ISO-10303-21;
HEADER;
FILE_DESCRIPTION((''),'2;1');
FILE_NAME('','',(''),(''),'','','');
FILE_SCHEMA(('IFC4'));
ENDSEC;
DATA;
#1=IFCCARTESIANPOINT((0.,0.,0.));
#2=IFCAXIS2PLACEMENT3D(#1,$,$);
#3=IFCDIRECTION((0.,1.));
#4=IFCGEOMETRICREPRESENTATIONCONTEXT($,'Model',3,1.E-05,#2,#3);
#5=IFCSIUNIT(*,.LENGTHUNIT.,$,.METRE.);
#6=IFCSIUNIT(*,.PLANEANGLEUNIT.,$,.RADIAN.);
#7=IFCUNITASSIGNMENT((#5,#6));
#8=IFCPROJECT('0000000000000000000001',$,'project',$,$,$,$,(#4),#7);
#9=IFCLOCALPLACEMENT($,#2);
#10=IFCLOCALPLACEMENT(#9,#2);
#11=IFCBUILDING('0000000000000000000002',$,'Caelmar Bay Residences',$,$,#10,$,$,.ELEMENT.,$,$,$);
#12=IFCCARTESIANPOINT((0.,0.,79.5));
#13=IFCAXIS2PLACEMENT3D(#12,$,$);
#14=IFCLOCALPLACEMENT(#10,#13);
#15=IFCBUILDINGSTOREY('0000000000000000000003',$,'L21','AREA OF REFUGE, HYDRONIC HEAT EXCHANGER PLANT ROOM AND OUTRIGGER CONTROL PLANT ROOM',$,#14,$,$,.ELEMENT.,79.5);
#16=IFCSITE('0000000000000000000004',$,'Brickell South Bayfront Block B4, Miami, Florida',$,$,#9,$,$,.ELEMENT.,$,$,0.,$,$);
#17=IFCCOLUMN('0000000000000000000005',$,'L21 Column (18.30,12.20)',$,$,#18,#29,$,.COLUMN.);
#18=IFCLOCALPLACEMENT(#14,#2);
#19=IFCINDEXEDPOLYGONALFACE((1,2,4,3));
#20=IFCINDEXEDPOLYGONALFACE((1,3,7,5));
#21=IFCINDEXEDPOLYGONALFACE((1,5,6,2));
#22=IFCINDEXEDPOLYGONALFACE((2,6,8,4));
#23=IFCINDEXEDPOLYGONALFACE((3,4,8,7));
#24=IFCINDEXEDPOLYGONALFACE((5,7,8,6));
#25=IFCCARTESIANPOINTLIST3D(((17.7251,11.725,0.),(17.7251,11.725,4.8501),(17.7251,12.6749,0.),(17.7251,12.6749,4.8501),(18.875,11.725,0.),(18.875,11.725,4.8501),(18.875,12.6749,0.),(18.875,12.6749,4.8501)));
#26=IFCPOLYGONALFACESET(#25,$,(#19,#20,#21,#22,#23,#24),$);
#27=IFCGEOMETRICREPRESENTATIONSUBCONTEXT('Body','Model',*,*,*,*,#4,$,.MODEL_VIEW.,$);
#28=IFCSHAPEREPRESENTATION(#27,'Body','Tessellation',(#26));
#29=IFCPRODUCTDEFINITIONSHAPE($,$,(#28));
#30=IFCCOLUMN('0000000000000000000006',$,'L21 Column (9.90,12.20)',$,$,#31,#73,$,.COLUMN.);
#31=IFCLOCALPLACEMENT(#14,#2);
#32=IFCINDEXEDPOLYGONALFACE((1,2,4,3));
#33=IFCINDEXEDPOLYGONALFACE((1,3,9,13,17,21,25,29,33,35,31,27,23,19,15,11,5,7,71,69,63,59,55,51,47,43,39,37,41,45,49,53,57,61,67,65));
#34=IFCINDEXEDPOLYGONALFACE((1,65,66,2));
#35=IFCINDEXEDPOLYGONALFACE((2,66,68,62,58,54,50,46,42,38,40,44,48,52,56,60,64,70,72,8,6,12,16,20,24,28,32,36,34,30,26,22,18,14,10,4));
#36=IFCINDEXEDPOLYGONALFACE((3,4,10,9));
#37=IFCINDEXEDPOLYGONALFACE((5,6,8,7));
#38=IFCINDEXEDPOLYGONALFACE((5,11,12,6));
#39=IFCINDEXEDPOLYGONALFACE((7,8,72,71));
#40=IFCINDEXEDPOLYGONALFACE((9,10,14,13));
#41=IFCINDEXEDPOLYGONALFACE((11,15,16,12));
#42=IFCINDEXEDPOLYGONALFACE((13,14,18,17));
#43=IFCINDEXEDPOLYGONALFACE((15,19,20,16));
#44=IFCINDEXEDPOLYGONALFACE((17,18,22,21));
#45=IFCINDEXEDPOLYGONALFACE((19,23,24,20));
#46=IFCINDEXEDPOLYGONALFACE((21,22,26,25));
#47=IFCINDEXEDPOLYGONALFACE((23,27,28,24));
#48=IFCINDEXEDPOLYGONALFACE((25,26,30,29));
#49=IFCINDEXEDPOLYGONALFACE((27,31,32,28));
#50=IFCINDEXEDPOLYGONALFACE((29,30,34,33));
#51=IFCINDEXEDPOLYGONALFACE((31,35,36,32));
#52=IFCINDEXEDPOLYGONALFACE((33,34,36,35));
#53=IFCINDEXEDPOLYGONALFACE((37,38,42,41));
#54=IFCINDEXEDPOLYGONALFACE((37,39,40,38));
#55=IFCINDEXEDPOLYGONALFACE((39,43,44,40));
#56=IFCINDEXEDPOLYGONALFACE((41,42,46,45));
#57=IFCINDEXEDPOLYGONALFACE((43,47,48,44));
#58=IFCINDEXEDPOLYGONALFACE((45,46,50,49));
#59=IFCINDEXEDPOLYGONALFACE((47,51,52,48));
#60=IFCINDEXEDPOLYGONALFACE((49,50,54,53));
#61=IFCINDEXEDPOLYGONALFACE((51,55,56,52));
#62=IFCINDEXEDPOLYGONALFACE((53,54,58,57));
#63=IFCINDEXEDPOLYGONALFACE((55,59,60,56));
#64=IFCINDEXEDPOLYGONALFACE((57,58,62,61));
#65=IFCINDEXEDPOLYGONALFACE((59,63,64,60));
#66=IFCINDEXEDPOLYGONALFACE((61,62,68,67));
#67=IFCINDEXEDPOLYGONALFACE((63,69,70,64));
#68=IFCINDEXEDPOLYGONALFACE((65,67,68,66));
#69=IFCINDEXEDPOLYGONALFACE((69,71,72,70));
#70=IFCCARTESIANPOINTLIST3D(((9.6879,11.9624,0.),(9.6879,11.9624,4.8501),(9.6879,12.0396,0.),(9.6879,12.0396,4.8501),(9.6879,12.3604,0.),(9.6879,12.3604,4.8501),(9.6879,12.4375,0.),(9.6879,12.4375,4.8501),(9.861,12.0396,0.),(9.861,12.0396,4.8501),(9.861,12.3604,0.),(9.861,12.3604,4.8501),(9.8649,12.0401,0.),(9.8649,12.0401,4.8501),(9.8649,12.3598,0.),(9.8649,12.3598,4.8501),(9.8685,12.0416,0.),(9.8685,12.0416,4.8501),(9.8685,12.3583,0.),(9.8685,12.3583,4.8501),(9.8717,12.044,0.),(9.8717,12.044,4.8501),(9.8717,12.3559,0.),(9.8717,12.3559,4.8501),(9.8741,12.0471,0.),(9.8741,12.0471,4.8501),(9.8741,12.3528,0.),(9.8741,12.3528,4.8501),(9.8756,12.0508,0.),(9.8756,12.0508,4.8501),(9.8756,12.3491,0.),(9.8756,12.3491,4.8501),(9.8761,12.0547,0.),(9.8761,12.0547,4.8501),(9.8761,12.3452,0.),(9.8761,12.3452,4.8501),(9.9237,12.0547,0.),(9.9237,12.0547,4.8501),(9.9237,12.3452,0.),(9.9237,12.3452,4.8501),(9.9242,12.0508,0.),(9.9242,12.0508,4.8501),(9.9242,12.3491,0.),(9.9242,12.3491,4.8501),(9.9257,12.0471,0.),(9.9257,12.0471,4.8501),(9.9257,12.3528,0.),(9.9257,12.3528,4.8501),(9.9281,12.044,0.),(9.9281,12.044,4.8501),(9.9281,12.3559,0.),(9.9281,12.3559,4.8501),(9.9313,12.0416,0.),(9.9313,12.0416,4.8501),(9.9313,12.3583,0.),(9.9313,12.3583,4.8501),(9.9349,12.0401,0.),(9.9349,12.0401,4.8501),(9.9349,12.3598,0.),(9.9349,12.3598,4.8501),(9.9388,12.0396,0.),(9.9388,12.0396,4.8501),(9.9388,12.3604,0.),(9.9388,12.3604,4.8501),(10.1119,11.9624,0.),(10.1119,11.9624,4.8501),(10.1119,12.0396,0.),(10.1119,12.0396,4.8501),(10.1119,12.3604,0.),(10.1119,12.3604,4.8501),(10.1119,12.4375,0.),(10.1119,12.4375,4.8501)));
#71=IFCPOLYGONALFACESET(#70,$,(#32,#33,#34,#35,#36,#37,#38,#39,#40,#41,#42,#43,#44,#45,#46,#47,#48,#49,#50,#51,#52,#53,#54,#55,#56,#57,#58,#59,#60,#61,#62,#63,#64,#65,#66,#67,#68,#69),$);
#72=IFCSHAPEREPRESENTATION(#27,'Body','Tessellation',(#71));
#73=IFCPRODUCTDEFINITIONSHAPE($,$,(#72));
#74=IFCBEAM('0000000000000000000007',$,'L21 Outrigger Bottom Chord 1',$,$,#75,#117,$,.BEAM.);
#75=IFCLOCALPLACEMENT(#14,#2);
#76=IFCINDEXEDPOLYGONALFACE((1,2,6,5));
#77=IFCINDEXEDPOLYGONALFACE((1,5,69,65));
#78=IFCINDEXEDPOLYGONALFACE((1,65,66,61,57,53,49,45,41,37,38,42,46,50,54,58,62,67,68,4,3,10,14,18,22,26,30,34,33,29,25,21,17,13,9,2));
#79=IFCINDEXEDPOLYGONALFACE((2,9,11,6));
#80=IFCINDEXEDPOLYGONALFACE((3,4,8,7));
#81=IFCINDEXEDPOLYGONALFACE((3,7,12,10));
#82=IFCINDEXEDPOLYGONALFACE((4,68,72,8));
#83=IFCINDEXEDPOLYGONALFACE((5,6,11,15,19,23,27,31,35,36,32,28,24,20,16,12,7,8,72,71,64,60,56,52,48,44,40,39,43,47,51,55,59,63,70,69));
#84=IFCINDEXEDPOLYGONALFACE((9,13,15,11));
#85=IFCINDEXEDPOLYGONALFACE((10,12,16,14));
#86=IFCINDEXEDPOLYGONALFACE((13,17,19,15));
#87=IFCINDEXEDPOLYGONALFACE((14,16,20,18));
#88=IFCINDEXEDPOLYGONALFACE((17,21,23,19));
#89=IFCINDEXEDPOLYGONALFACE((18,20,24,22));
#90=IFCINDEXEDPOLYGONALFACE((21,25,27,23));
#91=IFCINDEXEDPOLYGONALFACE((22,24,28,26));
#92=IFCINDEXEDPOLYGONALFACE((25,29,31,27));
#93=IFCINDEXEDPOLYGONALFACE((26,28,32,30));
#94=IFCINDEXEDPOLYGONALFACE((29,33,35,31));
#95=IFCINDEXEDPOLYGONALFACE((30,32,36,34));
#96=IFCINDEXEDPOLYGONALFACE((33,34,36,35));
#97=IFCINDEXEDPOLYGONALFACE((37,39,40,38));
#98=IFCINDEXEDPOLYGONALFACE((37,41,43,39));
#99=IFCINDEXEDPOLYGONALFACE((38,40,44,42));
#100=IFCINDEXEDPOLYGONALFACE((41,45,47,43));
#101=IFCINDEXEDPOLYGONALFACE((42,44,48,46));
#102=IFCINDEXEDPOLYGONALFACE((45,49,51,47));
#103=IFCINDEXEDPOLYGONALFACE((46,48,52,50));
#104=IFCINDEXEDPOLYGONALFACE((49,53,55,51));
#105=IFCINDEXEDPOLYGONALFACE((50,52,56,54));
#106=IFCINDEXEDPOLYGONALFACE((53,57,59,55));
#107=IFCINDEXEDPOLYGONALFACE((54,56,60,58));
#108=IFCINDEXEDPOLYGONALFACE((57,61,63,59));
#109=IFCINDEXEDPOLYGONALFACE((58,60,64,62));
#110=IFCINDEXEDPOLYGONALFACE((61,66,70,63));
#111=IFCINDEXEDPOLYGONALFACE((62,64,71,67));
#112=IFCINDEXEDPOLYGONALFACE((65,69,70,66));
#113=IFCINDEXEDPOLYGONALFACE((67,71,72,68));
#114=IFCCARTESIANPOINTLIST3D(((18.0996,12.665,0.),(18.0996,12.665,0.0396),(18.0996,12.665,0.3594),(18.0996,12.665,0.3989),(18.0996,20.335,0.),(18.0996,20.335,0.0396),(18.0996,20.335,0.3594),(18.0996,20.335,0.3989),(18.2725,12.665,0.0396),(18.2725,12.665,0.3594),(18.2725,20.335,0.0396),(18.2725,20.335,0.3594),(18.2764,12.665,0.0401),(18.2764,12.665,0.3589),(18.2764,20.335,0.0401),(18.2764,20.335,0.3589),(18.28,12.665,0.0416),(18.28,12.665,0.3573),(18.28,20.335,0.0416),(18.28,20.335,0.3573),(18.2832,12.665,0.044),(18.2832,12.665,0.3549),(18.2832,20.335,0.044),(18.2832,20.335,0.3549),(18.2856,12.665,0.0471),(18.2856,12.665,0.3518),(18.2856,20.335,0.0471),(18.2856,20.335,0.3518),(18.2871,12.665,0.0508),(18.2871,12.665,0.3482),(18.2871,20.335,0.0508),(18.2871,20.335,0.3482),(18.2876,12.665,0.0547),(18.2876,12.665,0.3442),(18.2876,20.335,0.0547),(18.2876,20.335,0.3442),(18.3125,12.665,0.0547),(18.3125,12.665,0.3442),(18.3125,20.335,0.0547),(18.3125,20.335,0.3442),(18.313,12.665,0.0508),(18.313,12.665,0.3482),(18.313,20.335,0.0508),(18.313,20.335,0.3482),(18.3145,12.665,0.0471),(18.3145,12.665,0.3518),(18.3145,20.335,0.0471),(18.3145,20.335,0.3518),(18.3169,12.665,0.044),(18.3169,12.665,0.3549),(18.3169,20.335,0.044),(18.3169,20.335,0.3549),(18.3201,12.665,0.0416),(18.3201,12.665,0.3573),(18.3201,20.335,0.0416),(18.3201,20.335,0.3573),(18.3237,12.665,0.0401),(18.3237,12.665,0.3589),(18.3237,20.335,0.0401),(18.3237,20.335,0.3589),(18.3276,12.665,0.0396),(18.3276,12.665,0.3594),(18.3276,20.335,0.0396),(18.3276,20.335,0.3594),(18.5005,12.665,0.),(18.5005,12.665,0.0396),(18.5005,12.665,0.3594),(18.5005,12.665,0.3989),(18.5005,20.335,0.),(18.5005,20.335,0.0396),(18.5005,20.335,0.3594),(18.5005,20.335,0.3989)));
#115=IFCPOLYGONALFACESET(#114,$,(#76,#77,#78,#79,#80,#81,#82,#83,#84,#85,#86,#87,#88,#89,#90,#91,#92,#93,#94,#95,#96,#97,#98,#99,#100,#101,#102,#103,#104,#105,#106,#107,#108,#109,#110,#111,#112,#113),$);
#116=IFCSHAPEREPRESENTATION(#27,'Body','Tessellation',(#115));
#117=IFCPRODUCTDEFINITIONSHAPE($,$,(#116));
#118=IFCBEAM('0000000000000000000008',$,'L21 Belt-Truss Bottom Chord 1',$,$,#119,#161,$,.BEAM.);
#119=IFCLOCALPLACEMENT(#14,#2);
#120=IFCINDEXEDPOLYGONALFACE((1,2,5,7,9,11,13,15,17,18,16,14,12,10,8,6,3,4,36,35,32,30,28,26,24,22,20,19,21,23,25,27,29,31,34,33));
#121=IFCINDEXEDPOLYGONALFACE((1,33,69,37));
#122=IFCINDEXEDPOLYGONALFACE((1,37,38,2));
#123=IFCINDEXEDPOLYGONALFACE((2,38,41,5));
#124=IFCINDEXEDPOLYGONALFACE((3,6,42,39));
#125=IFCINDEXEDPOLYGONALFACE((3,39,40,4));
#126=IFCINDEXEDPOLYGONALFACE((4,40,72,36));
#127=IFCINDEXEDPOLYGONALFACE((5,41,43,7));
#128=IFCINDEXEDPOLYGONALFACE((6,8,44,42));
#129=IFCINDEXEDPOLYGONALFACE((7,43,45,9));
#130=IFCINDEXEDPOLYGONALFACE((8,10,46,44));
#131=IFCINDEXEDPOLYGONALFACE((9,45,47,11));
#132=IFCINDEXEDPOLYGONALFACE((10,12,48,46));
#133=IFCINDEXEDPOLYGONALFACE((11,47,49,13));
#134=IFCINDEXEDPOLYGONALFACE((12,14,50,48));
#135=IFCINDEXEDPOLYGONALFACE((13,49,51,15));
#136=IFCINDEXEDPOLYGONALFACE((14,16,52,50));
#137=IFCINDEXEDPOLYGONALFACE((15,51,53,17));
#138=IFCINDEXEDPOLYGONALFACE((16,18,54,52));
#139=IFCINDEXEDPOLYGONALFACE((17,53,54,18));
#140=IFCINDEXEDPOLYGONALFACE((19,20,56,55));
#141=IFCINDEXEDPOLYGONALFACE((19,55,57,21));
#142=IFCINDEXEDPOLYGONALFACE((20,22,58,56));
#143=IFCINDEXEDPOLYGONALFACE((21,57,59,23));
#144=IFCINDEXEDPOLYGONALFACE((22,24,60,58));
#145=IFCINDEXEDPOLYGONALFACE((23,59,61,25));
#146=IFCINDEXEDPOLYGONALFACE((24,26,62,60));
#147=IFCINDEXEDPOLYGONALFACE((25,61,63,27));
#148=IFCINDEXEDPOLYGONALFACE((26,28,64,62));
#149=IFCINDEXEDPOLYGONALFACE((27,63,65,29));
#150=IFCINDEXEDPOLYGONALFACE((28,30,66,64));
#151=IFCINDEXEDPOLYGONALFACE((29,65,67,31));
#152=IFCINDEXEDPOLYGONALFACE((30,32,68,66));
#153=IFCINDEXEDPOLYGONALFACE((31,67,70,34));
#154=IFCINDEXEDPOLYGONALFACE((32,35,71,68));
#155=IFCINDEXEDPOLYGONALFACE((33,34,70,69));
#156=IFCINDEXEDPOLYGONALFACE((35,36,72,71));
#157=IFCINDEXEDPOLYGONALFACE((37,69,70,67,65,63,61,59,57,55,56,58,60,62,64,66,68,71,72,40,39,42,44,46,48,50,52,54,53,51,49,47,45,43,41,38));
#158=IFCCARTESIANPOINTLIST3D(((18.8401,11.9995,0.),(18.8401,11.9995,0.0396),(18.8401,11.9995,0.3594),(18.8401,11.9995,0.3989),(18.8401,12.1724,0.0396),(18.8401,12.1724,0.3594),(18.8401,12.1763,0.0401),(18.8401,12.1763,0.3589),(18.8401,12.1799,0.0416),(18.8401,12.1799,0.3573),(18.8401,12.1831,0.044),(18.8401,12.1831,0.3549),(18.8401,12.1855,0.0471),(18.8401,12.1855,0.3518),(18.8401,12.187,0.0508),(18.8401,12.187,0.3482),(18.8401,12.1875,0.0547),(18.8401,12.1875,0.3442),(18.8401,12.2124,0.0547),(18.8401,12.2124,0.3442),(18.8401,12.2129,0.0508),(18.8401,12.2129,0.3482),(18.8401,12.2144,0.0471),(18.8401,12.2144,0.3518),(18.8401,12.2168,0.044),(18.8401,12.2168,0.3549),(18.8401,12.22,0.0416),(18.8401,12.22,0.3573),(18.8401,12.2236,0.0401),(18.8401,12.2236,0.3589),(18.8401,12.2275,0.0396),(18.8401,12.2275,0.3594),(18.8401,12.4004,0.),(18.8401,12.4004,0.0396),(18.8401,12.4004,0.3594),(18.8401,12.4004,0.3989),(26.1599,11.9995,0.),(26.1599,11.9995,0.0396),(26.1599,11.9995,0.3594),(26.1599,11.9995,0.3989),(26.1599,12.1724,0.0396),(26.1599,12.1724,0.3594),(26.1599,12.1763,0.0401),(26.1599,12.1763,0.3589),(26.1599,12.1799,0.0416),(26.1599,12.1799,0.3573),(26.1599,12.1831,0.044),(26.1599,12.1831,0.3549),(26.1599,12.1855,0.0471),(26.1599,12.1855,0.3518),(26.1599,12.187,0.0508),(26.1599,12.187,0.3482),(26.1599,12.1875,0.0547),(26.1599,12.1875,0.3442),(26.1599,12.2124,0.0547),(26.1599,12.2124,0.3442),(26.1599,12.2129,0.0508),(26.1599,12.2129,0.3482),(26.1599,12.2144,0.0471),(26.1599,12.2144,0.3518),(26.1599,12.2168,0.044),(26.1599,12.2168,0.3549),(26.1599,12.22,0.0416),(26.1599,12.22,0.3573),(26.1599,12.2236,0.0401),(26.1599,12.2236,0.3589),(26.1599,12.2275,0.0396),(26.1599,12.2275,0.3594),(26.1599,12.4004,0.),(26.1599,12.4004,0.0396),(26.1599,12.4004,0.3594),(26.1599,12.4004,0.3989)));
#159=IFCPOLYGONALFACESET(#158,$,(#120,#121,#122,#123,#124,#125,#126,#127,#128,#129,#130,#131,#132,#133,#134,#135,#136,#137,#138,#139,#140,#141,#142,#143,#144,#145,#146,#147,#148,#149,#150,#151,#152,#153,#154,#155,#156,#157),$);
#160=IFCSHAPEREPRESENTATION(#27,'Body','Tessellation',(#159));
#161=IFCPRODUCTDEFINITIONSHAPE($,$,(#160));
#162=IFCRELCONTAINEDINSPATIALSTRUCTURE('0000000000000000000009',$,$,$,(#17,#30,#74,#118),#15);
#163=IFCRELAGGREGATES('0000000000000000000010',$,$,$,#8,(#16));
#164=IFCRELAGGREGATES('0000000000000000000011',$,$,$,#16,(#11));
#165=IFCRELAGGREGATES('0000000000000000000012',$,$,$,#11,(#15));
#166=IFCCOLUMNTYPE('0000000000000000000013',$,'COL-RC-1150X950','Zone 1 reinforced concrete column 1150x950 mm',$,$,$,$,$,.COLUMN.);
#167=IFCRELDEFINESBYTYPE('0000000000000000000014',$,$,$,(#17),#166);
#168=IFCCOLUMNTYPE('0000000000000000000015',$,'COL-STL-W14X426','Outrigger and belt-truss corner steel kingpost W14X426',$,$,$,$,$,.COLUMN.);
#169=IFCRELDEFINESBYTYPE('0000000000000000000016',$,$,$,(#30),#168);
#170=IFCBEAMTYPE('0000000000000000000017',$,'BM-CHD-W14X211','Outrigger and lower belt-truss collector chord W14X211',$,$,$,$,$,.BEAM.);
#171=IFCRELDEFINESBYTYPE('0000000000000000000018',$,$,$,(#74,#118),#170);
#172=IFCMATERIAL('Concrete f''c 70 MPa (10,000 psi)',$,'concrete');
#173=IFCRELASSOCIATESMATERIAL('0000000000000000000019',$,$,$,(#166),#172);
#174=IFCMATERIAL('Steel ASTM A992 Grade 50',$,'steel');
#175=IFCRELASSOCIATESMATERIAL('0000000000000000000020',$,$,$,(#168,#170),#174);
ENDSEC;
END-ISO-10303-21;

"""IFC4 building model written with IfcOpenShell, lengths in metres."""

from ifc_helpers import new_model, si_unit, direction, frame, origin, origin_2d, place, context, subcontext, project, spatial, rectangle, i_section, extrude, material, material_profile, profile_set, type_object, element, save


model = new_model("IFC4")

# Units and contexts
model_context = context("Model", 3, precision=1e-05, world=origin(), true_north=direction((0.0, 1.0)))
body_context = subcontext(model_context, "Body", "Model", "MODEL_VIEW")
ifc_project = project(units=[si_unit("LENGTHUNIT", "METRE"), si_unit("PLANEANGLEUNIT", "RADIAN")], contexts=[model_context])

# Site, building, storey
site_placement = place(None, origin())
site = spatial("IfcSite", under=ifc_project, at=site_placement, Name="Brickell South Bayfront Block B4, Miami, Florida", CompositionType="ELEMENT", RefElevation=0.0)
building_placement = place(site_placement, origin())
building = spatial("IfcBuilding", under=site, at=building_placement, Name="Caelmar Bay Residences", CompositionType="ELEMENT")
storey_placement = place(building_placement, frame((0.0, 0.0, 79.5)))
storey = spatial("IfcBuildingStorey", under=building, at=storey_placement, Name="L21", Description="AREA OF REFUGE, HYDRONIC HEAT EXCHANGER PLANT ROOM AND OUTRIGGER CONTROL PLANT ROOM", CompositionType="ELEMENT", Elevation=79.5)

# Columns
ifc_material_1 = material(Name="Concrete f'c 70 MPa (10,000 psi)", Category="concrete")
ifc_material_profile_1 = material_profile(ifc_material_1, rectangle(XDim=1.1499, YDim=0.95, at=origin_2d()), Name="RC-COL-1150X950")
ifc_profile_set_1 = profile_set([ifc_material_profile_1], Name="Concrete f'c 70 MPa (10,000 psi)")
column_type_1 = type_object("IfcColumnType", Name="COL-RC-1150X950", Description="Zone 1 reinforced concrete column 1150x950 mm", PredefinedType="COLUMN", material=ifc_profile_set_1)
column_1_placement = place(storey_placement, frame((18.3, 12.2, 0.0), z_axis=(0.0, 0.0, 1.0), x_axis=(1.0, 0.0, 0.0)))
element("IfcColumn", 1, at=column_1_placement, inside=storey, type_object=column_type_1, Name="L21 Column (18.30,12.20)", PredefinedType="COLUMN", context=body_context, shape_type="SweptSolid", body=[
    extrude(rectangle(XDim=1.1499, YDim=0.95, at=origin_2d()), origin(), (0.0, 0.0, 1.0), 4.8501),
])
ifc_material_2 = material(Name="Steel ASTM A992 Grade 50", Category="steel")
ifc_material_profile_2 = material_profile(ifc_material_2, i_section(OverallWidth=0.4241, OverallDepth=0.4751, WebThickness=0.0476, FlangeThickness=0.0771, FilletRadius=0.0151, at=origin_2d()), Name="W14X426")
ifc_profile_set_2 = profile_set([ifc_material_profile_2], Name="Steel ASTM A992 Grade 50")
column_type_2 = type_object("IfcColumnType", Name="COL-STL-W14X426", Description="Outrigger and belt-truss corner steel kingpost W14X426", PredefinedType="COLUMN", material=ifc_profile_set_2)
column_2_placement = place(storey_placement, frame((9.8999, 12.2, 0.0), z_axis=(0.0, 0.0, 1.0), x_axis=(1.0, 0.0, 0.0)))
element("IfcColumn", 2, at=column_2_placement, inside=storey, type_object=column_type_2, Name="L21 Column (9.90,12.20)", PredefinedType="COLUMN", context=body_context, shape_type="SweptSolid", body=[
    extrude(i_section(OverallWidth=0.4241, OverallDepth=0.4751, WebThickness=0.0476, FlangeThickness=0.0771, FilletRadius=0.0151, at=origin_2d()), origin(), (0.0, 0.0, 1.0), 4.8501),
])

# Beams
ifc_material_profile_3 = material_profile(ifc_material_2, i_section(OverallWidth=0.4009, OverallDepth=0.3989, WebThickness=0.0249, FlangeThickness=0.0396, FilletRadius=0.0151, at=origin_2d()), Name="W14X211")
ifc_profile_set_3 = profile_set([ifc_material_profile_3], Name="Steel ASTM A992 Grade 50")
beam_type_1 = type_object("IfcBeamType", Name="BM-CHD-W14X211", Description="Outrigger and lower belt-truss collector chord W14X211", PredefinedType="BEAM", material=ifc_profile_set_3)
beam_1_placement = place(storey_placement, frame((18.3, 12.665, 0.1995), z_axis=(0.0, 1.0, 0.0), x_axis=(-1.0, 0.0, 0.0)))
element("IfcBeam", 3, at=beam_1_placement, inside=storey, type_object=beam_type_1, Name="L21 Outrigger Bottom Chord 1", PredefinedType="BEAM", context=body_context, shape_type="SweptSolid", body=[
    extrude(i_section(OverallWidth=0.4009, OverallDepth=0.3989, WebThickness=0.0249, FlangeThickness=0.0396, FilletRadius=0.0151, at=origin_2d()), origin(), (0.0, 0.0, 1.0), 7.6699),
])
beam_2_placement = place(storey_placement, frame((18.8401, 12.2, 0.1995), z_axis=(1.0, 0.0, 0.0), x_axis=(0.0, 1.0, 0.0)))
element("IfcBeam", 4, at=beam_2_placement, inside=storey, type_object=beam_type_1, Name="L21 Belt-Truss Bottom Chord 1", PredefinedType="BEAM", context=body_context, shape_type="SweptSolid", body=[
    extrude(i_section(OverallWidth=0.4009, OverallDepth=0.3989, WebThickness=0.0249, FlangeThickness=0.0396, FilletRadius=0.0151, at=origin_2d()), origin(), (0.0, 0.0, 1.0), 7.3198),
])

save(model, "model.ifc")
